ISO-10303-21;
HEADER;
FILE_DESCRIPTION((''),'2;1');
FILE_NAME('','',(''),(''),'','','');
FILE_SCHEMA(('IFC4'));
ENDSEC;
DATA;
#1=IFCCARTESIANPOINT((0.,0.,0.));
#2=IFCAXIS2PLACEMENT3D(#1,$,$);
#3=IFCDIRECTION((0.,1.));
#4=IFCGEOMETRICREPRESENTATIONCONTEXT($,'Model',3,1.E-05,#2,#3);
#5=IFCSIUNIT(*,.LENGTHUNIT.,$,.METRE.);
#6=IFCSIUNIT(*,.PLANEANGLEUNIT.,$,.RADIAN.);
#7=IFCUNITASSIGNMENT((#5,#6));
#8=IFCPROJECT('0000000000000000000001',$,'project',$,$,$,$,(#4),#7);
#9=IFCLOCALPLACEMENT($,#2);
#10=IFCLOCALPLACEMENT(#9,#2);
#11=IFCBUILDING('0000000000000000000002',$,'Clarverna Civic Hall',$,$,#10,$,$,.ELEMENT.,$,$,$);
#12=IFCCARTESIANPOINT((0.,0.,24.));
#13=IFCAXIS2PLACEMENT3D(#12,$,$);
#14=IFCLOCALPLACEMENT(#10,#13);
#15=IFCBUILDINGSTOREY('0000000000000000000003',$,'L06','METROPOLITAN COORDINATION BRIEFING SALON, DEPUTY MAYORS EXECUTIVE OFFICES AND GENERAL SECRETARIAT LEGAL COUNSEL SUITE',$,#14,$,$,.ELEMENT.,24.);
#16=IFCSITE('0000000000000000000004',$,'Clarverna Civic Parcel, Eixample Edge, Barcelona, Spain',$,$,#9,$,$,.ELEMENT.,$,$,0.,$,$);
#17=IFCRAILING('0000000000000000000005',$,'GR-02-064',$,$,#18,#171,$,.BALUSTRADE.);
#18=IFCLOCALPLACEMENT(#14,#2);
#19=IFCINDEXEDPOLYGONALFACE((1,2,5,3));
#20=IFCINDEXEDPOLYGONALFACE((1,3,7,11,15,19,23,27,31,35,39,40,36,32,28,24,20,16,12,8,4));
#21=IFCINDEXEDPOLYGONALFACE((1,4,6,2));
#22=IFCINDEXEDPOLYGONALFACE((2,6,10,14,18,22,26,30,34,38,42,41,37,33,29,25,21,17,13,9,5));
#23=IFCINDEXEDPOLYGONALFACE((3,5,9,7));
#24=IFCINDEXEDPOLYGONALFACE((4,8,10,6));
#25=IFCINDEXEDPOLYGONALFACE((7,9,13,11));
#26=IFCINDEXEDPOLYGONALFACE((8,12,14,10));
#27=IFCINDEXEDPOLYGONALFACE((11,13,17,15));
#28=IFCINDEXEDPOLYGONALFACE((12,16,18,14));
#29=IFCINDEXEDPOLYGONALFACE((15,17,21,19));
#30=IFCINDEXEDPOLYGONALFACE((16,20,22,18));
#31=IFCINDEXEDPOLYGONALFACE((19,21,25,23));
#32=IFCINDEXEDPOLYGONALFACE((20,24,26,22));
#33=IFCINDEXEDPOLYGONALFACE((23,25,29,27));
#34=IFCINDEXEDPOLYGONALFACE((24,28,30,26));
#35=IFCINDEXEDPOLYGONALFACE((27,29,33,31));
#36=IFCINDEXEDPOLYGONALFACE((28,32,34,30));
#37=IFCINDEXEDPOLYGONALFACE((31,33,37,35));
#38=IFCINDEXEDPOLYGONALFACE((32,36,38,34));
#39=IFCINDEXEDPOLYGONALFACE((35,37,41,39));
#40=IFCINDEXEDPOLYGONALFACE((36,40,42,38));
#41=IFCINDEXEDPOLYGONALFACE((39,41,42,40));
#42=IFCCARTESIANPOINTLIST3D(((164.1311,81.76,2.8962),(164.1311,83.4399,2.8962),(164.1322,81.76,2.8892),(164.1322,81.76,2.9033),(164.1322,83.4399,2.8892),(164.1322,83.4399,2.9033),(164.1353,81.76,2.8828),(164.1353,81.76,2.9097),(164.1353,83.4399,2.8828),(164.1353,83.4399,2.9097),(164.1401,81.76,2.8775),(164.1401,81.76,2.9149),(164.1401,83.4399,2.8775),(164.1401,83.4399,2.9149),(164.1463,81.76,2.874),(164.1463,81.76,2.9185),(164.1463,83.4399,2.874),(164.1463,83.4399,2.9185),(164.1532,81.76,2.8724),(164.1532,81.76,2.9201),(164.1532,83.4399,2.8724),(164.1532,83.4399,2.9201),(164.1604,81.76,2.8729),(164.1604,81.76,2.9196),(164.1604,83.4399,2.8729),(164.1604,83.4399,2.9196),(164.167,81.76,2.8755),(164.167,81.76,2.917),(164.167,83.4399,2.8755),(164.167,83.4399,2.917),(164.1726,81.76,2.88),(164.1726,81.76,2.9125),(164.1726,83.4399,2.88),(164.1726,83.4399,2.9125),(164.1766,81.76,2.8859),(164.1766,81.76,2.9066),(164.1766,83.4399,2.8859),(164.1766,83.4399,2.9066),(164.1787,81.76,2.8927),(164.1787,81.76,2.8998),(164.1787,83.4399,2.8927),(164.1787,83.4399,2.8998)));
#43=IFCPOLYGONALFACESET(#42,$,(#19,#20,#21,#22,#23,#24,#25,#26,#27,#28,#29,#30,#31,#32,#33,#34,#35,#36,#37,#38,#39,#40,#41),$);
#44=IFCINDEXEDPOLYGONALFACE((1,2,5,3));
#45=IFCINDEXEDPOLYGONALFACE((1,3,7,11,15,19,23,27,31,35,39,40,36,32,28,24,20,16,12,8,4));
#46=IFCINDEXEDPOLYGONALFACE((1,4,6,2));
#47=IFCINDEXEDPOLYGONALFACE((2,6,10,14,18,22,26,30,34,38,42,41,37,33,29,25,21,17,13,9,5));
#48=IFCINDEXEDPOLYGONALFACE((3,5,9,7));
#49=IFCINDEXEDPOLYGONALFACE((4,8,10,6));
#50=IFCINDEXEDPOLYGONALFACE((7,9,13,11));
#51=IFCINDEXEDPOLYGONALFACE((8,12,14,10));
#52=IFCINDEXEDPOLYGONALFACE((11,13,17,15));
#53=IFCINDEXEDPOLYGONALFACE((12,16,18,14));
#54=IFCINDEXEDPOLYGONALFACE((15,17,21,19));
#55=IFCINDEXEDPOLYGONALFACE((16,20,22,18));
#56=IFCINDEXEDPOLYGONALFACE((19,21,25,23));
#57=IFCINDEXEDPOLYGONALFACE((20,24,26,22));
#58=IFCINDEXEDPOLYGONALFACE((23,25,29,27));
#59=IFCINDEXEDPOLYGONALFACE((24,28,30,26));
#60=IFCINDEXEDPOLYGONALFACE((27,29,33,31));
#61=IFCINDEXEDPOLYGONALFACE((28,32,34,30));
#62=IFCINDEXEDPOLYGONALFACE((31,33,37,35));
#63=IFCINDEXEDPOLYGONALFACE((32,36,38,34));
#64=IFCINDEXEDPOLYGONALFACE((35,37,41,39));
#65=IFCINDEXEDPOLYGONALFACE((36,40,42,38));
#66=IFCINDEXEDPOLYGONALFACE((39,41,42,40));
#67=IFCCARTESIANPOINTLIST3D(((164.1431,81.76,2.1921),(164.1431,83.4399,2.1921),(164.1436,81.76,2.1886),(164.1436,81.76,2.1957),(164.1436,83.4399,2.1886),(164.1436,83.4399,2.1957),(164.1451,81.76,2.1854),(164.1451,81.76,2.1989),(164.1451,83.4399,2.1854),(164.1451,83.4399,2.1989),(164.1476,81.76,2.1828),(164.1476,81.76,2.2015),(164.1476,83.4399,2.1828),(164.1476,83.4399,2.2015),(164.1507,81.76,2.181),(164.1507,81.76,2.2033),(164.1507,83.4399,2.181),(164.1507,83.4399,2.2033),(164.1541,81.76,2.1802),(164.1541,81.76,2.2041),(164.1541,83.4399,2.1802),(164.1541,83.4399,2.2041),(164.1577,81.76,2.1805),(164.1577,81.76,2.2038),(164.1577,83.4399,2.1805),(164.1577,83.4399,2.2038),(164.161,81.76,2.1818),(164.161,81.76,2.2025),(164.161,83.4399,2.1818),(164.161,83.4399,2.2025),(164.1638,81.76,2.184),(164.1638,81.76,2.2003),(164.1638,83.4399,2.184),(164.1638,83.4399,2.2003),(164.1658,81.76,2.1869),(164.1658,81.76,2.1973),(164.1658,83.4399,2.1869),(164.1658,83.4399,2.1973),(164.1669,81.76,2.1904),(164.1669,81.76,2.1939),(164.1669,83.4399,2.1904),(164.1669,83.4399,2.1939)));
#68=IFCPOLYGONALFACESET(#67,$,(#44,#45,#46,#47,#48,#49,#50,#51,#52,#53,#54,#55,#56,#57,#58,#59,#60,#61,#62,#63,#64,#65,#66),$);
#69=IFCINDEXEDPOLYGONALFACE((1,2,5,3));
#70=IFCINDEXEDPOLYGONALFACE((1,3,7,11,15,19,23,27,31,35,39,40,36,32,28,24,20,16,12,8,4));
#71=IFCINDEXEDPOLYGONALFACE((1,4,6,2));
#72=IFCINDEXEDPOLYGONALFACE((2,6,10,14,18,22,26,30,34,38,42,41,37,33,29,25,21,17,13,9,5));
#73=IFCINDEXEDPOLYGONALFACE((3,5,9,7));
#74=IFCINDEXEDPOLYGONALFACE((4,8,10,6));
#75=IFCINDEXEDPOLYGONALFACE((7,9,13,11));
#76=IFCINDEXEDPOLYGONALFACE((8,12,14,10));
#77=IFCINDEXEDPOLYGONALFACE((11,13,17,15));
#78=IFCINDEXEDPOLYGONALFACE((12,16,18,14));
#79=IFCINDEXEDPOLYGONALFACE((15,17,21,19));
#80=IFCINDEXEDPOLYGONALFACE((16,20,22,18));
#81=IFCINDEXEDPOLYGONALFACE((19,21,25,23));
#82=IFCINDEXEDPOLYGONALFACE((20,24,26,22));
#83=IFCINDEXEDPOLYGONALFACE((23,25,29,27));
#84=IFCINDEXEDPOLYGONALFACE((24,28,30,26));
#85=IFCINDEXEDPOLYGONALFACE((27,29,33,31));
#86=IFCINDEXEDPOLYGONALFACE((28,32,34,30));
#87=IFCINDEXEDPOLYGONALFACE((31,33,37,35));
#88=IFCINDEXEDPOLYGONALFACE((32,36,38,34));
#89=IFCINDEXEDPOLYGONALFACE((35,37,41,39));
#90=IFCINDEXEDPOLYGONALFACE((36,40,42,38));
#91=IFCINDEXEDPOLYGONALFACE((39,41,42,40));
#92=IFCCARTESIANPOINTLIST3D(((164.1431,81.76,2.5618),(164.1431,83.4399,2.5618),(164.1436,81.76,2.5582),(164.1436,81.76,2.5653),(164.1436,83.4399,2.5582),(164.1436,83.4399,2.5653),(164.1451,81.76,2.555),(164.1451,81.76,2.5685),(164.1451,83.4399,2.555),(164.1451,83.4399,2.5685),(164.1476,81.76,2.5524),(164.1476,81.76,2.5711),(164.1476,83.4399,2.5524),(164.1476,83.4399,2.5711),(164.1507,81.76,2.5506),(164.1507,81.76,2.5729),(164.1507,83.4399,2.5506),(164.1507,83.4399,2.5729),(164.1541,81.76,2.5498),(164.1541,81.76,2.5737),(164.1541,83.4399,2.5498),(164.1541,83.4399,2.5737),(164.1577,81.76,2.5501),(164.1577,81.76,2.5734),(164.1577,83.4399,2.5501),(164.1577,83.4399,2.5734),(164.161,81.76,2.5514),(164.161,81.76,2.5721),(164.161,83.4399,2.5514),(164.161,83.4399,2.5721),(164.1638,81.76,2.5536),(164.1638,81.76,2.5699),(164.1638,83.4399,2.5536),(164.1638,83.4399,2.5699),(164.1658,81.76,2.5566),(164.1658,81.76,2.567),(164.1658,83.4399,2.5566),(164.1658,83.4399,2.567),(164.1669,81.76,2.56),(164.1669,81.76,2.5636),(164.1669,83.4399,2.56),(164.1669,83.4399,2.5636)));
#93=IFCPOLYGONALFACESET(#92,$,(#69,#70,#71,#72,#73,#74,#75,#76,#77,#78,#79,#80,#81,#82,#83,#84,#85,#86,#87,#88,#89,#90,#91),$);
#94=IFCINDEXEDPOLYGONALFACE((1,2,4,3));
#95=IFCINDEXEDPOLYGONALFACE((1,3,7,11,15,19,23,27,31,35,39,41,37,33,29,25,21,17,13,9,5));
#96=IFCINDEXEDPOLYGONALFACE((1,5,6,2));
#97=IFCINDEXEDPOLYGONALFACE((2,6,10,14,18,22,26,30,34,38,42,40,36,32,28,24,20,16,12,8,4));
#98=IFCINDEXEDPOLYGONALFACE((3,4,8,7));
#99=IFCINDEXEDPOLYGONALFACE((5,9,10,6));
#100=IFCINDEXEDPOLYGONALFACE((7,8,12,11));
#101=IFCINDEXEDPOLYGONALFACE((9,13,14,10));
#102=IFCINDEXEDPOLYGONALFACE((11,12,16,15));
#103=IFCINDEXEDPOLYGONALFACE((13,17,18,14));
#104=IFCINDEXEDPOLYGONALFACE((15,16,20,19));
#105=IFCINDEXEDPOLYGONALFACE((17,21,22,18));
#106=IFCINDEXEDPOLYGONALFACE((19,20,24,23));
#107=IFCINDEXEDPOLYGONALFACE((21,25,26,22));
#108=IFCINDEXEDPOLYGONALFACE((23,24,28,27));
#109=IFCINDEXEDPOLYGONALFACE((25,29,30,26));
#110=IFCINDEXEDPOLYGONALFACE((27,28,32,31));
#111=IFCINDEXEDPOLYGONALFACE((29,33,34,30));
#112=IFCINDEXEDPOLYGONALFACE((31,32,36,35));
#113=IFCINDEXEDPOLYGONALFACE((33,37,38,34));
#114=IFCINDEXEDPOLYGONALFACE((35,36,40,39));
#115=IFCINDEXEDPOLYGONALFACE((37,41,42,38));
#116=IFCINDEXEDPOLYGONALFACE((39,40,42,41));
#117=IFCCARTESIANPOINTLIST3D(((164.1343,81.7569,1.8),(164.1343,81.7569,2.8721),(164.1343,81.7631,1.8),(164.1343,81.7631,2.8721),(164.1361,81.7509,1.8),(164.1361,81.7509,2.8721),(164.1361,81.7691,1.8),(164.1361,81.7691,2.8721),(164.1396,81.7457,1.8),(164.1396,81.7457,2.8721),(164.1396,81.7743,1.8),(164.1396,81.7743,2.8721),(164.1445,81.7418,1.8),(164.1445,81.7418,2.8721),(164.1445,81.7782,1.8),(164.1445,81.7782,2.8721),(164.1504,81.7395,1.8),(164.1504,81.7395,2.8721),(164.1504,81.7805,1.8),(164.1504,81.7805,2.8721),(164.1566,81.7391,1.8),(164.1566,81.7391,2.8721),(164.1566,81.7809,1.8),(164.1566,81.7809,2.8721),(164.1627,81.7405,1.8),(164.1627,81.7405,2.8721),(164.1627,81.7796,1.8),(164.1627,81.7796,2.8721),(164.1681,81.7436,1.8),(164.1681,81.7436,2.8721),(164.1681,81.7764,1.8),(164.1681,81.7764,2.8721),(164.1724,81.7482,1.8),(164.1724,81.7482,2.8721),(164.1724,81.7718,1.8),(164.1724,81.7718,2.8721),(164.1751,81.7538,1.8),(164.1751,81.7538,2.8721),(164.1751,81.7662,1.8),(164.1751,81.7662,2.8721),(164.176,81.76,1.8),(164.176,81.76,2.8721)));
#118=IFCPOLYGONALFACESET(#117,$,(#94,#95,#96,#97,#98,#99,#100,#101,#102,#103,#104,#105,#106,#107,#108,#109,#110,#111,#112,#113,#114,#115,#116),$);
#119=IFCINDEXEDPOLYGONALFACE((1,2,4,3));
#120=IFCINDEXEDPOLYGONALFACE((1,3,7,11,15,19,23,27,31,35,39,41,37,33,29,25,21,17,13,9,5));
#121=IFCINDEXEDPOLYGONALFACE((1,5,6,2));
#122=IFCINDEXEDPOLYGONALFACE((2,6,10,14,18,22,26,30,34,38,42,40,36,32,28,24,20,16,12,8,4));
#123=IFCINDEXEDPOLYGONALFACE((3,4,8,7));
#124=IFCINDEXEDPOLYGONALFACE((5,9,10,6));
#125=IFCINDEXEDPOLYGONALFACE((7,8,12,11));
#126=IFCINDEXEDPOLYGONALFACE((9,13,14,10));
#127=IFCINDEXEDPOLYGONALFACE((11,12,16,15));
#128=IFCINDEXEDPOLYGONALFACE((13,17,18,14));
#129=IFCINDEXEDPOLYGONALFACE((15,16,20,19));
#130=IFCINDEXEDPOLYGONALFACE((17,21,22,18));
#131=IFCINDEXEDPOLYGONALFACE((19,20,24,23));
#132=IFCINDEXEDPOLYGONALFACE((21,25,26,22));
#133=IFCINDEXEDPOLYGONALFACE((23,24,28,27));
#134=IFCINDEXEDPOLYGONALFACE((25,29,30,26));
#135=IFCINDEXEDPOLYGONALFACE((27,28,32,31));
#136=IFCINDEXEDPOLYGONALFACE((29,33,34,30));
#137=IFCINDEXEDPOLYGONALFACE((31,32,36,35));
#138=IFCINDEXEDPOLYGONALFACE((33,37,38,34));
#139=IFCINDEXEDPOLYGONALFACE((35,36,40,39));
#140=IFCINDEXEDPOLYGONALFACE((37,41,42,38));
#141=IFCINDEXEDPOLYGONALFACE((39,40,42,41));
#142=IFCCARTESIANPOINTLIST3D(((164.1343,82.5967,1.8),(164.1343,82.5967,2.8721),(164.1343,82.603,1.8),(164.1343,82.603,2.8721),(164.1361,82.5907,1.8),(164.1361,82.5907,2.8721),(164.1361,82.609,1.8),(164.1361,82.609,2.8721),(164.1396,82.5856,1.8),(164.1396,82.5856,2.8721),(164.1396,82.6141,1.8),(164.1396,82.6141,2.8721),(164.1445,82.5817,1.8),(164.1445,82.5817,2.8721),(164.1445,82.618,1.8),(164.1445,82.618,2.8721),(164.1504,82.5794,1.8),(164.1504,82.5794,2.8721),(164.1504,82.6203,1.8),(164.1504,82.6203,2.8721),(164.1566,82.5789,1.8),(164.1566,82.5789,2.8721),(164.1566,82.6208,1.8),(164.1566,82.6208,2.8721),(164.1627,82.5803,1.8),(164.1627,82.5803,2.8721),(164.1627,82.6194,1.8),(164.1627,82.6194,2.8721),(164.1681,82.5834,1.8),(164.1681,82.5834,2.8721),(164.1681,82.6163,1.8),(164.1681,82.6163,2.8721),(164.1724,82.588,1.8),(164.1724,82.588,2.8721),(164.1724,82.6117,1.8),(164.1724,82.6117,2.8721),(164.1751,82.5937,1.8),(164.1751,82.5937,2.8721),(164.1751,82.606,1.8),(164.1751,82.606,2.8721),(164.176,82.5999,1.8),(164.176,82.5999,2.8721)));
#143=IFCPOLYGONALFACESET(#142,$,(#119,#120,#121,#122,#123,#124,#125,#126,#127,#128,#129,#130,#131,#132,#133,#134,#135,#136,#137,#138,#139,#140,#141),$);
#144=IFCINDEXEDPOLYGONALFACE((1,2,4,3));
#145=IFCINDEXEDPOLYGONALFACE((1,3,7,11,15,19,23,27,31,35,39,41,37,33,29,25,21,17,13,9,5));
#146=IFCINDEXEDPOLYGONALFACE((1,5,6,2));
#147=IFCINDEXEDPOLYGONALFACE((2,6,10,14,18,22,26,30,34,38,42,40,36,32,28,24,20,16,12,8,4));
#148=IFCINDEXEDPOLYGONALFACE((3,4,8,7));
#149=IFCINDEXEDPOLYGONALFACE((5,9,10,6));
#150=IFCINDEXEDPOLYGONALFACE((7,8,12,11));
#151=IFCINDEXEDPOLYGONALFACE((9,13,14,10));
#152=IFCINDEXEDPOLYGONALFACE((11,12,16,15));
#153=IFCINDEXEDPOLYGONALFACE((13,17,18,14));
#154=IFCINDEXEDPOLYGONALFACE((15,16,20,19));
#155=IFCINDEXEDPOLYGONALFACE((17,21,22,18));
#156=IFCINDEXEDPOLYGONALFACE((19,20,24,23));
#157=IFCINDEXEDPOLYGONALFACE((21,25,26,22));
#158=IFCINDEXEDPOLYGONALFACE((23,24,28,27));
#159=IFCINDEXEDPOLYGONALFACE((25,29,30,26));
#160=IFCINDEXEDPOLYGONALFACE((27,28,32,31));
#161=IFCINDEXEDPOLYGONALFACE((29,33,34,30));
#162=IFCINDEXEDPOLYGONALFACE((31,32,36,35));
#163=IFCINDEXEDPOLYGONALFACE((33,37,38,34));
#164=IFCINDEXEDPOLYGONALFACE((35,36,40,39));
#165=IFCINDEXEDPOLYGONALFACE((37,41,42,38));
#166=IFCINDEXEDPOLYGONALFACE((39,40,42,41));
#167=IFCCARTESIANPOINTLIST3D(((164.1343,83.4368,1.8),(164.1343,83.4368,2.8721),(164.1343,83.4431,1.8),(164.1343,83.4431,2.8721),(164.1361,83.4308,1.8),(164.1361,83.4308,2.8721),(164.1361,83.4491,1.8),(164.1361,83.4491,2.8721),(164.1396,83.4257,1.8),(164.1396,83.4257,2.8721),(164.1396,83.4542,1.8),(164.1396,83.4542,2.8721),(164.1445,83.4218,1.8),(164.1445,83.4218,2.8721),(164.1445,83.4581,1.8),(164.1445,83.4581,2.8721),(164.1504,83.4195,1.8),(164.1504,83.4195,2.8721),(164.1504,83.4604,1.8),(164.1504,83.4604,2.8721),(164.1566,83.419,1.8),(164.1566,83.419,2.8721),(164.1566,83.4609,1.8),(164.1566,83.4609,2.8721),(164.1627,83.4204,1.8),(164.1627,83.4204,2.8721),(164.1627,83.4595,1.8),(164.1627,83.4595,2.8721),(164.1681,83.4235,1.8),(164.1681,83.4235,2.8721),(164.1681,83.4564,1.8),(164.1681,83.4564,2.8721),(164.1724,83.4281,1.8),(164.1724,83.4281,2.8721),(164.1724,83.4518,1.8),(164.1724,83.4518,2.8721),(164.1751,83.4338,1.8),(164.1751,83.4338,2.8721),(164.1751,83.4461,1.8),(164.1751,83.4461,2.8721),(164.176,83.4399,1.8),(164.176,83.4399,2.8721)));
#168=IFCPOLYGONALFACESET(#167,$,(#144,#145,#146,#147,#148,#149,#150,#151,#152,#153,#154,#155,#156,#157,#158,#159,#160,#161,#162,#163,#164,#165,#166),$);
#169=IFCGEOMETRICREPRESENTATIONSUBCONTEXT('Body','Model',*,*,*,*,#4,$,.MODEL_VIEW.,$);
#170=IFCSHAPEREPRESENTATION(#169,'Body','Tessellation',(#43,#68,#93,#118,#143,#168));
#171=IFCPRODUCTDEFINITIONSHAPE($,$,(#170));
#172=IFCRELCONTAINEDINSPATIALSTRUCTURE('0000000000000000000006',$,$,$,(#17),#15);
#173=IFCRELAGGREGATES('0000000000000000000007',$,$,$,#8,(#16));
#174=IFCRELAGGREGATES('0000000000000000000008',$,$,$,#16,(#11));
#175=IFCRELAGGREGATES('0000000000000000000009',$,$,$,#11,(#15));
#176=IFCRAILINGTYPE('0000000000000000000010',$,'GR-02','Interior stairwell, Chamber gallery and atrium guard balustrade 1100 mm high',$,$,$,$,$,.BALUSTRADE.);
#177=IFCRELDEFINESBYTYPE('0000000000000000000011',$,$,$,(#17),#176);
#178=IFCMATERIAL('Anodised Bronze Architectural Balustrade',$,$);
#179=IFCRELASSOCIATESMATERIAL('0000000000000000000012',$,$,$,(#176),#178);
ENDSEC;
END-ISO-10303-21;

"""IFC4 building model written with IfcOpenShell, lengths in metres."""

from ifc_helpers import new_model, si_unit, direction, frame, origin, origin_2d, place, context, subcontext, project, spatial, circle, extrude, material, type_object, element, save


model = new_model("IFC4")

# Units and contexts
model_context = context("Model", 3, precision=1e-05, world=origin(), true_north=direction((0.0, 1.0)))
body_context = subcontext(model_context, "Body", "Model", "MODEL_VIEW")
ifc_project = project(units=[si_unit("LENGTHUNIT", "METRE"), si_unit("PLANEANGLEUNIT", "RADIAN")], contexts=[model_context])

# Site, building, storey
site_placement = place(None, origin())
site = spatial("IfcSite", under=ifc_project, at=site_placement, Name="Clarverna Civic Parcel, Eixample Edge, Barcelona, Spain", CompositionType="ELEMENT", RefElevation=0.0)
building_placement = place(site_placement, origin())
building = spatial("IfcBuilding", under=site, at=building_placement, Name="Clarverna Civic Hall", CompositionType="ELEMENT")
storey_placement = place(building_placement, frame((0.0, 0.0, 24.0)))
storey = spatial("IfcBuildingStorey", under=building, at=storey_placement, Name="L06", Description="METROPOLITAN COORDINATION BRIEFING SALON, DEPUTY MAYORS EXECUTIVE OFFICES AND GENERAL SECRETARIAT LEGAL COUNSEL SUITE", CompositionType="ELEMENT", Elevation=24.0)

# Railing
ifc_material_1 = material(Name="Anodised Bronze Architectural Balustrade")
railing_type_1 = type_object("IfcRailingType", Name="GR-02", Description="Interior stairwell, Chamber gallery and atrium guard balustrade 1100 mm high", PredefinedType="BALUSTRADE", material=ifc_material_1)
railing_1_placement = place(storey_placement, frame((164.155, 81.76, 1.8)))
element("IfcRailing", 1, at=railing_1_placement, inside=storey, type_object=railing_type_1, Name="GR-02-064", PredefinedType="BALUSTRADE", context=body_context, shape_type="SweptSolid", body=[
    extrude(circle(Radius=0.0239, at=origin_2d()), frame((0.0, 0.0, 1.0962), z_axis=(0.0, 1.0, 0.0), x_axis=(-1.0, 0.0, 0.0)), (0.0, 0.0, 1.0), 1.6799),
    extrude(circle(Radius=0.012, at=origin_2d()), frame((0.0, 0.0, 0.3921), z_axis=(0.0, 1.0, 0.0), x_axis=(-1.0, 0.0, 0.0)), (0.0, 0.0, 1.0), 1.6799),
    extrude(circle(Radius=0.012, at=origin_2d()), frame((0.0, 0.0, 0.7617), z_axis=(0.0, 1.0, 0.0), x_axis=(-1.0, 0.0, 0.0)), (0.0, 0.0, 1.0), 1.6799),
    extrude(circle(Radius=0.021, at=origin_2d()), origin(), (0.0, 0.0, 1.0), 1.072),
    extrude(circle(Radius=0.021, at=origin_2d()), frame((0.0, 0.8398, 0.0)), (0.0, 0.0, 1.0), 1.072),
    extrude(circle(Radius=0.021, at=origin_2d()), frame((0.0, 1.6799, 0.0)), (0.0, 0.0, 1.0), 1.072),
])

save(model, "model.ifc")
